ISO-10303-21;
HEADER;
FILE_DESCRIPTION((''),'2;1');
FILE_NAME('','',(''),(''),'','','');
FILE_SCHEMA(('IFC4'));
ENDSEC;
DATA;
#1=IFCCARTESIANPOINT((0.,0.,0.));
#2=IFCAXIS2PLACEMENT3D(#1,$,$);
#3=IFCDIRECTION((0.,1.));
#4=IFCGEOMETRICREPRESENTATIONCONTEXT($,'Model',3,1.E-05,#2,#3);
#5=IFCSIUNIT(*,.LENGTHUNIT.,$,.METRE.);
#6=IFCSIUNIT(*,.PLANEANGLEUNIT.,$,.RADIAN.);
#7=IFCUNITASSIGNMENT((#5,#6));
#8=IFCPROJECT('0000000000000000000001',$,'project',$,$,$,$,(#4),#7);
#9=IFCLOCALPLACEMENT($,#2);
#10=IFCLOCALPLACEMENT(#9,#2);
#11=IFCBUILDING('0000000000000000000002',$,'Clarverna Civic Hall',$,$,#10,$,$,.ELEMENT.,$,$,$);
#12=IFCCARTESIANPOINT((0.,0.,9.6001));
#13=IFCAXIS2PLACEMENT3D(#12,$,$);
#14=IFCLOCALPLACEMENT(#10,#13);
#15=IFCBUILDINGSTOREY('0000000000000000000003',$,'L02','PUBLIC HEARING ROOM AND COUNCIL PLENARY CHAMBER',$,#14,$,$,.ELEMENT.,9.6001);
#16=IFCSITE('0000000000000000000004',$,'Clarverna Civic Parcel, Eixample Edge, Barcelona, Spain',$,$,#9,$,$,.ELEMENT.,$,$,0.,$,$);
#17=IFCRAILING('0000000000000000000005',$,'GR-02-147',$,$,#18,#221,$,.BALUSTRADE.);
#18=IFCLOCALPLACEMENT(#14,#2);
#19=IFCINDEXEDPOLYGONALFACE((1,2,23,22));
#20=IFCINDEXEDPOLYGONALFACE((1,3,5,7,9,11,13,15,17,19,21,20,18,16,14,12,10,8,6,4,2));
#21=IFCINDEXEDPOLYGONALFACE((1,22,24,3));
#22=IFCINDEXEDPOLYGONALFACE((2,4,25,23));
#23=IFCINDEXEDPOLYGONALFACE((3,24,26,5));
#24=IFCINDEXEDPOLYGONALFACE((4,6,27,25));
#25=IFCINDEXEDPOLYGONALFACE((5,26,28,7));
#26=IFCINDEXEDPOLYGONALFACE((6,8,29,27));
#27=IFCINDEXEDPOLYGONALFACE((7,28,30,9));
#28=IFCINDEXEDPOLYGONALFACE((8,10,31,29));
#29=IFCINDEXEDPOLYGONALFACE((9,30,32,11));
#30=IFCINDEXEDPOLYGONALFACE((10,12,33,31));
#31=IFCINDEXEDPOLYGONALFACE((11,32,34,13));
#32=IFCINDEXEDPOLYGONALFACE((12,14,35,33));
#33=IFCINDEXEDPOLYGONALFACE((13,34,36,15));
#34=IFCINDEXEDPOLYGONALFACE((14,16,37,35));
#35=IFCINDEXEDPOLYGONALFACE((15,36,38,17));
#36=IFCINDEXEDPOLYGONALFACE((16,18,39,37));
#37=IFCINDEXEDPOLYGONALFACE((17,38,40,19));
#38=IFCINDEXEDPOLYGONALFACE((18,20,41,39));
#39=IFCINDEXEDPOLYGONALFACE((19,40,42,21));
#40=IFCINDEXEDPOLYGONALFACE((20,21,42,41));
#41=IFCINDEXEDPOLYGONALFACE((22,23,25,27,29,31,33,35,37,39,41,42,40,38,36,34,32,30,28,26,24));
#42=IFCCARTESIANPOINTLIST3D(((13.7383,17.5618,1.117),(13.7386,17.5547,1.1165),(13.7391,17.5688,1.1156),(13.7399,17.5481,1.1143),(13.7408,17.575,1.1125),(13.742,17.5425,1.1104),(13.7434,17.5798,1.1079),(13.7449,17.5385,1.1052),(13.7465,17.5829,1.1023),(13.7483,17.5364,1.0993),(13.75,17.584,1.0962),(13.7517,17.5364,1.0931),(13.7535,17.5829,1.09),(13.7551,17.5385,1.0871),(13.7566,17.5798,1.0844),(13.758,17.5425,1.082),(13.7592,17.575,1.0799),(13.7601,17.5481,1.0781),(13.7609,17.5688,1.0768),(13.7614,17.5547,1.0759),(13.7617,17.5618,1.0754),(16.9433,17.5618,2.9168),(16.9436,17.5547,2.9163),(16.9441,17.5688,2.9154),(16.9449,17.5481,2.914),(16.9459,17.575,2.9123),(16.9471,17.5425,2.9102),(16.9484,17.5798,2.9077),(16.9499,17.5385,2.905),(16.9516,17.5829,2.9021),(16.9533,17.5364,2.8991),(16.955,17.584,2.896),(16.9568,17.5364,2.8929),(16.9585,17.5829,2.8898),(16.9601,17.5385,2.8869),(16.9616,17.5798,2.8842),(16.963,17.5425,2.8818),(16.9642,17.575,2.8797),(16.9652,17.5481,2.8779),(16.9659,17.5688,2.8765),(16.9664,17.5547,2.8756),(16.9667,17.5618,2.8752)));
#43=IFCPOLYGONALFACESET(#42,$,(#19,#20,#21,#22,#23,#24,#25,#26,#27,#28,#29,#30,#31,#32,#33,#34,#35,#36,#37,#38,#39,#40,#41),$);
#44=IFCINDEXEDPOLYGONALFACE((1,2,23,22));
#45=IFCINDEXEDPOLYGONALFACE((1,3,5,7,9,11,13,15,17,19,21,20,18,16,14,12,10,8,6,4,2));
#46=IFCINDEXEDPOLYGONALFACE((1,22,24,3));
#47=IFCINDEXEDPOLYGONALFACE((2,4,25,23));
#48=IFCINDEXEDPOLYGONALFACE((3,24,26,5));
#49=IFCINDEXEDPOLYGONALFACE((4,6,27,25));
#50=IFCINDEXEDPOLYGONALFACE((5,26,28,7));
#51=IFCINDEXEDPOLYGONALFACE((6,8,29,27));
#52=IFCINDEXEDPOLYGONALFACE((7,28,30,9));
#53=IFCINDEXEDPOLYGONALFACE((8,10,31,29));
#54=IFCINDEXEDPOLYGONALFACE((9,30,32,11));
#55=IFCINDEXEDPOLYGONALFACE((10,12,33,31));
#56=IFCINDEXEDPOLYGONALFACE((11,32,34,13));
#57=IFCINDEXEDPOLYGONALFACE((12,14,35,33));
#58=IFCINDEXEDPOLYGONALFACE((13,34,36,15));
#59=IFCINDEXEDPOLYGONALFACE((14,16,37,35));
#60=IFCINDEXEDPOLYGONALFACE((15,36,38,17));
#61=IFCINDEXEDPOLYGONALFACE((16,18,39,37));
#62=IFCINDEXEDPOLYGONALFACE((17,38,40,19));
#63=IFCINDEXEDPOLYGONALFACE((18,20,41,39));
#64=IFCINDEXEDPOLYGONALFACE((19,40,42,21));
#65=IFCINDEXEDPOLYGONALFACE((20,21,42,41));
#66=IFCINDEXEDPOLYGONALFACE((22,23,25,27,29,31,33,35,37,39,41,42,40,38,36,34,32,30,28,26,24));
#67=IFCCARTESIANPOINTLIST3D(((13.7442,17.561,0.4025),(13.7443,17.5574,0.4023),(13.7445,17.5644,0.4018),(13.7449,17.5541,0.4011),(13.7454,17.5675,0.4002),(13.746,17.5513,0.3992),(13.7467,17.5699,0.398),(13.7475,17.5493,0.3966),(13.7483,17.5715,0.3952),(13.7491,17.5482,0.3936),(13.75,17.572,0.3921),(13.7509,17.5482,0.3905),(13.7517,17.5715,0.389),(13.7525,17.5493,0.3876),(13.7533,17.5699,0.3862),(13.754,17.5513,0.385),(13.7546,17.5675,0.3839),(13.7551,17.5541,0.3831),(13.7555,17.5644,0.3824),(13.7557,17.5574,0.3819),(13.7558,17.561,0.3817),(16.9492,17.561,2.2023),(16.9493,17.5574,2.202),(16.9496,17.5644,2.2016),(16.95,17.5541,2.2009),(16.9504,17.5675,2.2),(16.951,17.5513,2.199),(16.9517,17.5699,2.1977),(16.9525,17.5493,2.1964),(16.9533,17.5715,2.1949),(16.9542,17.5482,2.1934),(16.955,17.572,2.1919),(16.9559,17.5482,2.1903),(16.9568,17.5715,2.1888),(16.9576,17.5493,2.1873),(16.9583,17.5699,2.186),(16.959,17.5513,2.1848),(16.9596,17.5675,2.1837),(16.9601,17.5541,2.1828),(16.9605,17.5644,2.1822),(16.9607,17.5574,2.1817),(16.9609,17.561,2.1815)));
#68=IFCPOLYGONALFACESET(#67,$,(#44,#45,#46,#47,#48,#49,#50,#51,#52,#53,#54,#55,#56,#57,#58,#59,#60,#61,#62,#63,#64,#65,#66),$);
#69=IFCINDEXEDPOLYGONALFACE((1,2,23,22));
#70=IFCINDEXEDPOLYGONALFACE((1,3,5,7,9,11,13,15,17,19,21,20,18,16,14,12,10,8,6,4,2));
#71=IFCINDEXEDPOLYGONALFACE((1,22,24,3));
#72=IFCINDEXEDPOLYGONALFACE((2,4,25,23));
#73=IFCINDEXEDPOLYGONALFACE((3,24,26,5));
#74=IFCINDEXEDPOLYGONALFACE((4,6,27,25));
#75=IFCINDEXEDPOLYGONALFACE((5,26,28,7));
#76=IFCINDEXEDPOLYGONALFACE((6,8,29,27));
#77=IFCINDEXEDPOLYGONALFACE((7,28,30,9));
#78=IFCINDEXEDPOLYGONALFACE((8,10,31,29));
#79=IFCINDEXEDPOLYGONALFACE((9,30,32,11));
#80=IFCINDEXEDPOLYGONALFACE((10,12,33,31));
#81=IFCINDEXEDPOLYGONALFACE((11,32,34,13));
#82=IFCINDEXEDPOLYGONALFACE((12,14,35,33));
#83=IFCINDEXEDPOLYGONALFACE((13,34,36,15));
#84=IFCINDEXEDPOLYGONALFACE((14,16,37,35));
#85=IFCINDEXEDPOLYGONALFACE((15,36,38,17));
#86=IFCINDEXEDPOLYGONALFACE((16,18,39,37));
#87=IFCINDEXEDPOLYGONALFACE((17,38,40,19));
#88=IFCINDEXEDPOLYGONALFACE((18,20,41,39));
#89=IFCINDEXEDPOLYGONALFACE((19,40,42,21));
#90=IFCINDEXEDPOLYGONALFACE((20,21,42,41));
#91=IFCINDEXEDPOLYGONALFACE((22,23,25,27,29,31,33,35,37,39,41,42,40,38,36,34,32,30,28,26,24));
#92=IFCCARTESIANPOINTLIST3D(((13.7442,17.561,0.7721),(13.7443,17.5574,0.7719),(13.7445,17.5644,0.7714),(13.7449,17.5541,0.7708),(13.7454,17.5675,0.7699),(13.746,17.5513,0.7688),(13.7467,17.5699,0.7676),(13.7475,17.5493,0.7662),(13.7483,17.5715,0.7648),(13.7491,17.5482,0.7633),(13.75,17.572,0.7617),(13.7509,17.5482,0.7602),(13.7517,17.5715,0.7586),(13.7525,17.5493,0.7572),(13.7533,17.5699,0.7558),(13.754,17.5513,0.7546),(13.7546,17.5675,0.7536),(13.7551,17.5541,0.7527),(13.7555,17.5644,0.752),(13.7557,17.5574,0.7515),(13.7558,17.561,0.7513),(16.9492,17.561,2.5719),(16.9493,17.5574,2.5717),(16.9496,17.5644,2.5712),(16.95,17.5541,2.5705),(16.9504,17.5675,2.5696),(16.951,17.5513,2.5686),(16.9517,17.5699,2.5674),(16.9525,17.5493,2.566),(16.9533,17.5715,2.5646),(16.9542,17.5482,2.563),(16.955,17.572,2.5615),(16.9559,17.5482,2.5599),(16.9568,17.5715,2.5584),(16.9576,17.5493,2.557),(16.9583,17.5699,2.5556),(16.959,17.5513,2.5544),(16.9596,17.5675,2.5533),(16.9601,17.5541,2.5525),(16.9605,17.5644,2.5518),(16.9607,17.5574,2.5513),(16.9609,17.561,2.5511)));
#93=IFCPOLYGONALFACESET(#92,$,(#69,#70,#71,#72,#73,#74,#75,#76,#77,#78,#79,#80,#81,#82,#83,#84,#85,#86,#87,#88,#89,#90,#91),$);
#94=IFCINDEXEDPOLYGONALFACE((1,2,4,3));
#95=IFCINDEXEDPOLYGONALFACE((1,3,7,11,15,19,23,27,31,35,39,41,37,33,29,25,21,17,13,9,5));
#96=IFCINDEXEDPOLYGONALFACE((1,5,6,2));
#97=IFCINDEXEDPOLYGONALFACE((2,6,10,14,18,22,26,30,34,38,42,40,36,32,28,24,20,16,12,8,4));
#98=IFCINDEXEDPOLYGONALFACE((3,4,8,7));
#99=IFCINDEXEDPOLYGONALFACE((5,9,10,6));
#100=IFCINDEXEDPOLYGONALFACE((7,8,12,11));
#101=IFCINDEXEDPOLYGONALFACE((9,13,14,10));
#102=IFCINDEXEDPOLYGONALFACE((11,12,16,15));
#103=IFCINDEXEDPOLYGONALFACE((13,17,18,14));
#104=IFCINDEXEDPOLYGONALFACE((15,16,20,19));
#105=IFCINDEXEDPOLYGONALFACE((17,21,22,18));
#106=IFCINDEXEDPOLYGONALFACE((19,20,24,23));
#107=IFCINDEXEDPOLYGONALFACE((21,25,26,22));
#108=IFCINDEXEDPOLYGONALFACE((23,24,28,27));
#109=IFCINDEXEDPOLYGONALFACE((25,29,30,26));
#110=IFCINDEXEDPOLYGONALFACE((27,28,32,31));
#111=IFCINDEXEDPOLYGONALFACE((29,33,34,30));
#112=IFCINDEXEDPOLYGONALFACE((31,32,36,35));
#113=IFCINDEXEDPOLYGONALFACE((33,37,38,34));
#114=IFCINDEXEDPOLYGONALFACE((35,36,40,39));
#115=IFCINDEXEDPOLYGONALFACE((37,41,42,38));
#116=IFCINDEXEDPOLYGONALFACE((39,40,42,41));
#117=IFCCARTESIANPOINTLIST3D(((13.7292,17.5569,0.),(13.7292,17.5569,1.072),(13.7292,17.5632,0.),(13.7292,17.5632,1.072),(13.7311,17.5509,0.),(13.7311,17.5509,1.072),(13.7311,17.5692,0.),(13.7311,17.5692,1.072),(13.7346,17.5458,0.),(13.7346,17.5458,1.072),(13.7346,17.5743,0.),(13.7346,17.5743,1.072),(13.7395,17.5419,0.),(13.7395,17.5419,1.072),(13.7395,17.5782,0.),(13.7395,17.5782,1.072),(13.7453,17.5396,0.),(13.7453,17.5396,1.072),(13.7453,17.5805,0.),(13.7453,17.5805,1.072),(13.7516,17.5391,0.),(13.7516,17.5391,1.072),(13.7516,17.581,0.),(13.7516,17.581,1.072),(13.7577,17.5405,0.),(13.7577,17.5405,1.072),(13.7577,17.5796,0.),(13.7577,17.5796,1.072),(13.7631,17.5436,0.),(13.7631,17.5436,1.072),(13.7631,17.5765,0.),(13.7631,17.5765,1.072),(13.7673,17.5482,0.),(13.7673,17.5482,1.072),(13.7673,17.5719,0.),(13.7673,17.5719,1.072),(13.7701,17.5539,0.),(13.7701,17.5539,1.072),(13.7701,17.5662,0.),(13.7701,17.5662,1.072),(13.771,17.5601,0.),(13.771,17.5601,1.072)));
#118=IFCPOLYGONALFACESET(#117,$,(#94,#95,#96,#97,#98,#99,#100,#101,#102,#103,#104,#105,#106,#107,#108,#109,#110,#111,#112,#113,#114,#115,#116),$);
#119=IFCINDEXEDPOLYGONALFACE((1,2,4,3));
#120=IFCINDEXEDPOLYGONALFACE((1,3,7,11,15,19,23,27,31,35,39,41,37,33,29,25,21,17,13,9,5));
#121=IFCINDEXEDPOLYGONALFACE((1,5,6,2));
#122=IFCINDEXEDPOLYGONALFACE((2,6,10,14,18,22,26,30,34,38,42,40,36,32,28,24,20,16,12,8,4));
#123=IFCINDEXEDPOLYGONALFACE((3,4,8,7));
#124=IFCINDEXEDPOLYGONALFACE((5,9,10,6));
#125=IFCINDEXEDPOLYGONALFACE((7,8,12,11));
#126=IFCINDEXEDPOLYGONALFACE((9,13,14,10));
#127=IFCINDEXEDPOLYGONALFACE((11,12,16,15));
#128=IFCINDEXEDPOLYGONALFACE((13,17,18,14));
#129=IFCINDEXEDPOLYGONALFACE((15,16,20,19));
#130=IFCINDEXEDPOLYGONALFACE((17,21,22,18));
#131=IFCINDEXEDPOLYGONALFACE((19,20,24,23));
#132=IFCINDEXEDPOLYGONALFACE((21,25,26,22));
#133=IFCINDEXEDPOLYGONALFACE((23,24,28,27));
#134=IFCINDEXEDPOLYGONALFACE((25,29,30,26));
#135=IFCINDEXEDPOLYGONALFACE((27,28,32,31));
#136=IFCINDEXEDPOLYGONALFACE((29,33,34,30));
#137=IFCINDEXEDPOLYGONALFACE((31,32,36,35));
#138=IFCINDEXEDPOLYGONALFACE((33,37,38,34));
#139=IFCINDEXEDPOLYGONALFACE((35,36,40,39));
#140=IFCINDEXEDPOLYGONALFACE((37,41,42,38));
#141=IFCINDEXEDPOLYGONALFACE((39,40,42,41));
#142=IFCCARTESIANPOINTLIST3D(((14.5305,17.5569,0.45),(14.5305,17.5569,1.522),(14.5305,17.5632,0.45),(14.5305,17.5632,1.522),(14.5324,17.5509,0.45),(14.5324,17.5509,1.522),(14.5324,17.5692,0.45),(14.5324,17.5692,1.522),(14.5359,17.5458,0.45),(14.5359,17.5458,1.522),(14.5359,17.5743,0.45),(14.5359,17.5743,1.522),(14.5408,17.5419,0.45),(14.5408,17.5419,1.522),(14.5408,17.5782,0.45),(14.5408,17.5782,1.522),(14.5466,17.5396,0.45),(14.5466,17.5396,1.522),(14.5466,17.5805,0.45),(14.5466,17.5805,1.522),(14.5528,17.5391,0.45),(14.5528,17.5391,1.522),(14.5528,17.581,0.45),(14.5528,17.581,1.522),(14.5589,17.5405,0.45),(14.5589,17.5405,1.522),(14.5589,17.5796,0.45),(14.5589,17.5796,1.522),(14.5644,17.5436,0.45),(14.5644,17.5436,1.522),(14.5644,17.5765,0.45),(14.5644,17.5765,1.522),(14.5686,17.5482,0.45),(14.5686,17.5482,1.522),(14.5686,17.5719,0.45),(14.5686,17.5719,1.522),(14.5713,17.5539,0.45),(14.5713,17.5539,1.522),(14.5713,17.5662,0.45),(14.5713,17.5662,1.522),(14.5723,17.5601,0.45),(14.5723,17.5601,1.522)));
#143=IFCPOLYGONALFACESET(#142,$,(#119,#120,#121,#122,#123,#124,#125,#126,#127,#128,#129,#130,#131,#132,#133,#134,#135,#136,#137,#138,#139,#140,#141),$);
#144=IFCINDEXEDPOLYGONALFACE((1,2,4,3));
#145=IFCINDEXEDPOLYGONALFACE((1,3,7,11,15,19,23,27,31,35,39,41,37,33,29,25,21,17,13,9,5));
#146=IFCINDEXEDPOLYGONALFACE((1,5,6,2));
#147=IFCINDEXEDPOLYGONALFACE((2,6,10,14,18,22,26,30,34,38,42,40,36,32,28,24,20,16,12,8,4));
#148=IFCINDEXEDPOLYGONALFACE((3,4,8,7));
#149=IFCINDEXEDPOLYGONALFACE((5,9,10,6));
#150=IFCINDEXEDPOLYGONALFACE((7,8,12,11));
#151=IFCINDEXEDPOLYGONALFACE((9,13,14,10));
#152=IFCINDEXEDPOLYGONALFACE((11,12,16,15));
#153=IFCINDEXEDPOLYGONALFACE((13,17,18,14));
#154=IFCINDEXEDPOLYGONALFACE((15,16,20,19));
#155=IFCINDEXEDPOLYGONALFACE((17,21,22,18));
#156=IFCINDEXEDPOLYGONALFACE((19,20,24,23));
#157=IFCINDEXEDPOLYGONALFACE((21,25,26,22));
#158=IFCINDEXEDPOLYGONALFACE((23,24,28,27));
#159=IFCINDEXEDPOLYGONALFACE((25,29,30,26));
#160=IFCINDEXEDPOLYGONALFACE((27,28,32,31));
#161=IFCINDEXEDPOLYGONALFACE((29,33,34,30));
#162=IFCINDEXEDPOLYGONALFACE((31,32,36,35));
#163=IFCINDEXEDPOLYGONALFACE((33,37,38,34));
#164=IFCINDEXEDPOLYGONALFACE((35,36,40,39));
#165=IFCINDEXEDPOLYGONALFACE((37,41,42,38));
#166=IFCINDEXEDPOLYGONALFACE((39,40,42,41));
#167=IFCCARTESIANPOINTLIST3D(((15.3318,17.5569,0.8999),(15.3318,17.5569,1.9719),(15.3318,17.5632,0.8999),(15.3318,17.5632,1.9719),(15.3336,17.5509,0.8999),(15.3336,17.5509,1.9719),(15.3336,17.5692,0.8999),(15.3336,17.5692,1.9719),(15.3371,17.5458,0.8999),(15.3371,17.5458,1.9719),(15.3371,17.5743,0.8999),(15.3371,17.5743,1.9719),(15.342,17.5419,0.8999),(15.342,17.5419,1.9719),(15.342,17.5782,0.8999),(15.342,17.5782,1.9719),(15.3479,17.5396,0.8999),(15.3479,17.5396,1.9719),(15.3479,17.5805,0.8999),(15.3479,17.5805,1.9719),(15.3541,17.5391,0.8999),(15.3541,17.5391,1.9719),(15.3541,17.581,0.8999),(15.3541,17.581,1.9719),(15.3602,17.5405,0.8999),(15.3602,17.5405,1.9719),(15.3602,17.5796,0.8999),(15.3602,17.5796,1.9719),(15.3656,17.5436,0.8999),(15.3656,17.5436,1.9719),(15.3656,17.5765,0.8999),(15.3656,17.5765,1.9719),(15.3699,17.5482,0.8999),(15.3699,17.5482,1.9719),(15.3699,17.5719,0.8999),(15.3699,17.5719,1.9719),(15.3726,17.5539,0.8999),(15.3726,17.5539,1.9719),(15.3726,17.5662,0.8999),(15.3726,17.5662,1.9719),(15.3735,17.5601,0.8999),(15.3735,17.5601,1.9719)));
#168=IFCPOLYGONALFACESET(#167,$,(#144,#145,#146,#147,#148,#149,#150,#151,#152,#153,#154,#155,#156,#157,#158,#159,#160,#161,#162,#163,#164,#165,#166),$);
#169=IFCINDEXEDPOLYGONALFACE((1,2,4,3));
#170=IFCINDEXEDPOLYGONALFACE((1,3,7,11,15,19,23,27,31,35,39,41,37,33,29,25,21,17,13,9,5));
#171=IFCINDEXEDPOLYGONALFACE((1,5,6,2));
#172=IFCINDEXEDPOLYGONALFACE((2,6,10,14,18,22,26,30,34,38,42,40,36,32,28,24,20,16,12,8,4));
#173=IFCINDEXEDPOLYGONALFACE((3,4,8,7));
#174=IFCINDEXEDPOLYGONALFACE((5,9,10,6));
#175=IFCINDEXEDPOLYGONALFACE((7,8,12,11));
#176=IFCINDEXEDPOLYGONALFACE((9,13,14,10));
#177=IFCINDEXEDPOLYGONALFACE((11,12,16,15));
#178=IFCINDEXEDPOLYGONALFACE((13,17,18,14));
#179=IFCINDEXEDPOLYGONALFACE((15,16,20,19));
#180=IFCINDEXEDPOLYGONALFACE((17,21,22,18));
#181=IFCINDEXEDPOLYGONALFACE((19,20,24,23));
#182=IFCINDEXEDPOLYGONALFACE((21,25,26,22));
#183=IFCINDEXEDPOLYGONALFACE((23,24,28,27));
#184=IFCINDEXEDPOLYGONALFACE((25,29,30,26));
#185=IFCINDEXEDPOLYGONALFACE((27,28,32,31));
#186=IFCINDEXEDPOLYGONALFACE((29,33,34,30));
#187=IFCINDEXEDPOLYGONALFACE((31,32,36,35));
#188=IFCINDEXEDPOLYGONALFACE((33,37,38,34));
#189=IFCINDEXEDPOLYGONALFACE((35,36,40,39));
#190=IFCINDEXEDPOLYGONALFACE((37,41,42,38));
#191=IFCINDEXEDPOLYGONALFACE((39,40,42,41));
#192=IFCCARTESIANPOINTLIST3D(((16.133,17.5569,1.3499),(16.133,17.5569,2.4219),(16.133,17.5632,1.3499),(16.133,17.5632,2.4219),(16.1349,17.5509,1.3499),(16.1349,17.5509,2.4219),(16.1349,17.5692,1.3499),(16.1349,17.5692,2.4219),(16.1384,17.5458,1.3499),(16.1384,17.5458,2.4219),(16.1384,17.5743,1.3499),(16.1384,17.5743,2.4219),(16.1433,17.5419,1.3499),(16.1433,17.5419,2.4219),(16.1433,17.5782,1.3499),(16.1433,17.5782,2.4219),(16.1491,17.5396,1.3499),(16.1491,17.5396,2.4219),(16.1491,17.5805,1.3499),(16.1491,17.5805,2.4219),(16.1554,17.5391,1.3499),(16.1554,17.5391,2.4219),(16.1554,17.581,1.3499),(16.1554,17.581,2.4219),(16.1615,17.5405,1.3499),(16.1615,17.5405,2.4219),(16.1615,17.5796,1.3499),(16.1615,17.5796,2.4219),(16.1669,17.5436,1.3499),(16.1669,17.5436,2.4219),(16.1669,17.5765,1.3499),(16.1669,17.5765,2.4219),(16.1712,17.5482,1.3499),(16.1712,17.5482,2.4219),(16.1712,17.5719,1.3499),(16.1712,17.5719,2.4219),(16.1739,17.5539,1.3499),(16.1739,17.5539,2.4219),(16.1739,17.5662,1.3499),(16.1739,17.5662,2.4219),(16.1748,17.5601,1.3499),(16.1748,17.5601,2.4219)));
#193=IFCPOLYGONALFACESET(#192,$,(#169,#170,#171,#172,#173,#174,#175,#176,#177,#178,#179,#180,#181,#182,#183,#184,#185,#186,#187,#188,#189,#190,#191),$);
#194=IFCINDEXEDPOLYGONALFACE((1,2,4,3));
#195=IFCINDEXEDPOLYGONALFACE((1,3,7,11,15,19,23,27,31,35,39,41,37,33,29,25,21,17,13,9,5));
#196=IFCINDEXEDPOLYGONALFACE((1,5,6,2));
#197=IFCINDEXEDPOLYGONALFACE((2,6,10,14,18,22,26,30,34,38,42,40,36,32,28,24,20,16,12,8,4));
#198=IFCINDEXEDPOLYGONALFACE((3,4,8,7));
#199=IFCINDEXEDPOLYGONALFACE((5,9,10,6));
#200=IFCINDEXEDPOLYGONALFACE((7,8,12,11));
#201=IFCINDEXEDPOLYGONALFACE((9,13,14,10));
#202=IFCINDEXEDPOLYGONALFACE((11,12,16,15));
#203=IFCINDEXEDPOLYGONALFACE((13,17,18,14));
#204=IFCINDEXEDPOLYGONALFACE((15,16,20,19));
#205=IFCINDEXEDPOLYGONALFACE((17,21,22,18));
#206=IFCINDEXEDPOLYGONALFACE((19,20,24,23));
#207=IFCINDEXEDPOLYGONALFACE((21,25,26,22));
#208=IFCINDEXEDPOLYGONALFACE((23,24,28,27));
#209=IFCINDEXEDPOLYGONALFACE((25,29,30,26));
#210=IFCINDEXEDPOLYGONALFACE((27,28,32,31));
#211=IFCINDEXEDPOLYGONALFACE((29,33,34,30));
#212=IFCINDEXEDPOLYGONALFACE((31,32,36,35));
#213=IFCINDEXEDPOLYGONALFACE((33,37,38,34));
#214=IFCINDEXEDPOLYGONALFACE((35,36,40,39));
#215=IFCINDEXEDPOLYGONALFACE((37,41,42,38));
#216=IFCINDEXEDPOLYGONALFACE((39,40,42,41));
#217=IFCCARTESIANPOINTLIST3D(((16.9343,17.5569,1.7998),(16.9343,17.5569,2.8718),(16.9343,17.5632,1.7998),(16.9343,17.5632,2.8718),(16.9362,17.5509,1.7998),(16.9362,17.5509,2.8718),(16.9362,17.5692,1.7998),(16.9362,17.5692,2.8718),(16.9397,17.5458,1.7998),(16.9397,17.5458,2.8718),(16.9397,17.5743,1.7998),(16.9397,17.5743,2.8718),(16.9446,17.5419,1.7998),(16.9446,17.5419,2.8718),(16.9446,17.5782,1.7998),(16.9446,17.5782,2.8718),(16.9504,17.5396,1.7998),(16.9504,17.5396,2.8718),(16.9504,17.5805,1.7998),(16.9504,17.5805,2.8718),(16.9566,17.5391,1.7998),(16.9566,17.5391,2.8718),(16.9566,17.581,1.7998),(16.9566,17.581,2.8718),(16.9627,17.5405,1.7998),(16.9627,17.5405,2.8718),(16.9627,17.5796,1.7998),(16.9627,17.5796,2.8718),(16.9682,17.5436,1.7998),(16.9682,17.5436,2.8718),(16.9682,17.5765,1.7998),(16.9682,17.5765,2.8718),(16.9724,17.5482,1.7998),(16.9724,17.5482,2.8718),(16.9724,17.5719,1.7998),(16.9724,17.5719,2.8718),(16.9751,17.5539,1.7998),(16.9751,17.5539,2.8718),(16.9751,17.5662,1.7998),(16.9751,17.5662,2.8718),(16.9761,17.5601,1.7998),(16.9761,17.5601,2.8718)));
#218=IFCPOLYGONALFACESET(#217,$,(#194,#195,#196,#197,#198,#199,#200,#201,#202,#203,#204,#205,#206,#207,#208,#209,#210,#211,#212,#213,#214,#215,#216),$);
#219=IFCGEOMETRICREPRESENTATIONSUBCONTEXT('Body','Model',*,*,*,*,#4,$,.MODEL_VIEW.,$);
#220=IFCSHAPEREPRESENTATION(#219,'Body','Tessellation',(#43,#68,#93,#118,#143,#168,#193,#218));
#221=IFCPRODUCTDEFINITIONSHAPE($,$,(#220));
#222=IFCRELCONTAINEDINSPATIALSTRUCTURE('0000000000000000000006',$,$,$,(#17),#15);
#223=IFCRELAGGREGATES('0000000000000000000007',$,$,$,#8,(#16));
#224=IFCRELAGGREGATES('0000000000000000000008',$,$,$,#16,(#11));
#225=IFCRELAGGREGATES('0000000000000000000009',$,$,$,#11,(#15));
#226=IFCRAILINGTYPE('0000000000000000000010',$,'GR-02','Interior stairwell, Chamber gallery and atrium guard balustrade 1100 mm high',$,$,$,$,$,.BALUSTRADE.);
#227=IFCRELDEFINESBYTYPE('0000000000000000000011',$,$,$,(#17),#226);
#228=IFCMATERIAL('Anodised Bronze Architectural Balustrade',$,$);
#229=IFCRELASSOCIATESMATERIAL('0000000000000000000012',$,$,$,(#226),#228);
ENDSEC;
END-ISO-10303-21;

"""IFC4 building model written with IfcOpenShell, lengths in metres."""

from ifc_helpers import new_model, si_unit, direction, frame, origin, origin_2d, place, context, subcontext, project, spatial, circle, extrude, material, type_object, element, save


model = new_model("IFC4")

# Units and contexts
model_context = context("Model", 3, precision=1e-05, world=origin(), true_north=direction((0.0, 1.0)))
body_context = subcontext(model_context, "Body", "Model", "MODEL_VIEW")
ifc_project = project(units=[si_unit("LENGTHUNIT", "METRE"), si_unit("PLANEANGLEUNIT", "RADIAN")], contexts=[model_context])

# Site, building, storey
site_placement = place(None, origin())
site = spatial("IfcSite", under=ifc_project, at=site_placement, Name="Clarverna Civic Parcel, Eixample Edge, Barcelona, Spain", CompositionType="ELEMENT", RefElevation=0.0)
building_placement = place(site_placement, origin())
building = spatial("IfcBuilding", under=site, at=building_placement, Name="Clarverna Civic Hall", CompositionType="ELEMENT")
storey_placement = place(building_placement, frame((0.0, 0.0, 9.6001)))
storey = spatial("IfcBuildingStorey", under=building, at=storey_placement, Name="L02", Description="PUBLIC HEARING ROOM AND COUNCIL PLENARY CHAMBER", CompositionType="ELEMENT", Elevation=9.6001)

# Railing
ifc_material_1 = material(Name="Anodised Bronze Architectural Balustrade")
railing_type_1 = type_object("IfcRailingType", Name="GR-02", Description="Interior stairwell, Chamber gallery and atrium guard balustrade 1100 mm high", PredefinedType="BALUSTRADE", material=ifc_material_1)
railing_1_placement = place(storey_placement, frame((13.75, 17.5601, 0.0)))
element("IfcRailing", 1, at=railing_1_placement, inside=storey, type_object=railing_type_1, Name="GR-02-147", PredefinedType="BALUSTRADE", context=body_context, shape_type="SweptSolid", body=[
    extrude(circle(Radius=0.0239, at=origin_2d()), frame((0.0, 0.0, 1.0962), z_axis=(0.87193, 0.0, 0.48963), x_axis=(0.0, 1.0, 0.0)), (0.0, 0.0, 1.0), 3.6758),
    extrude(circle(Radius=0.012, at=origin_2d()), frame((0.0, 0.0, 0.3921), z_axis=(0.87193, 0.0, 0.48963), x_axis=(0.0, 1.0, 0.0)), (0.0, 0.0, 1.0), 3.6758),
    extrude(circle(Radius=0.012, at=origin_2d()), frame((0.0, 0.0, 0.7617), z_axis=(0.87193, 0.0, 0.48963), x_axis=(0.0, 1.0, 0.0)), (0.0, 0.0, 1.0), 3.6758),
    extrude(circle(Radius=0.021, at=origin_2d()), origin(), (0.0, 0.0, 1.0), 1.072),
    extrude(circle(Radius=0.021, at=origin_2d()), frame((0.8013, 0.0, 0.45)), (0.0, 0.0, 1.0), 1.072),
    extrude(circle(Radius=0.021, at=origin_2d()), frame((1.6025, 0.0, 0.8999)), (0.0, 0.0, 1.0), 1.072),
    extrude(circle(Radius=0.021, at=origin_2d()), frame((2.4038, 0.0, 1.3499)), (0.0, 0.0, 1.0), 1.072),
    extrude(circle(Radius=0.021, at=origin_2d()), frame((3.2051, 0.0, 1.7998)), (0.0, 0.0, 1.0), 1.072),
])

save(model, "model.ifc")
